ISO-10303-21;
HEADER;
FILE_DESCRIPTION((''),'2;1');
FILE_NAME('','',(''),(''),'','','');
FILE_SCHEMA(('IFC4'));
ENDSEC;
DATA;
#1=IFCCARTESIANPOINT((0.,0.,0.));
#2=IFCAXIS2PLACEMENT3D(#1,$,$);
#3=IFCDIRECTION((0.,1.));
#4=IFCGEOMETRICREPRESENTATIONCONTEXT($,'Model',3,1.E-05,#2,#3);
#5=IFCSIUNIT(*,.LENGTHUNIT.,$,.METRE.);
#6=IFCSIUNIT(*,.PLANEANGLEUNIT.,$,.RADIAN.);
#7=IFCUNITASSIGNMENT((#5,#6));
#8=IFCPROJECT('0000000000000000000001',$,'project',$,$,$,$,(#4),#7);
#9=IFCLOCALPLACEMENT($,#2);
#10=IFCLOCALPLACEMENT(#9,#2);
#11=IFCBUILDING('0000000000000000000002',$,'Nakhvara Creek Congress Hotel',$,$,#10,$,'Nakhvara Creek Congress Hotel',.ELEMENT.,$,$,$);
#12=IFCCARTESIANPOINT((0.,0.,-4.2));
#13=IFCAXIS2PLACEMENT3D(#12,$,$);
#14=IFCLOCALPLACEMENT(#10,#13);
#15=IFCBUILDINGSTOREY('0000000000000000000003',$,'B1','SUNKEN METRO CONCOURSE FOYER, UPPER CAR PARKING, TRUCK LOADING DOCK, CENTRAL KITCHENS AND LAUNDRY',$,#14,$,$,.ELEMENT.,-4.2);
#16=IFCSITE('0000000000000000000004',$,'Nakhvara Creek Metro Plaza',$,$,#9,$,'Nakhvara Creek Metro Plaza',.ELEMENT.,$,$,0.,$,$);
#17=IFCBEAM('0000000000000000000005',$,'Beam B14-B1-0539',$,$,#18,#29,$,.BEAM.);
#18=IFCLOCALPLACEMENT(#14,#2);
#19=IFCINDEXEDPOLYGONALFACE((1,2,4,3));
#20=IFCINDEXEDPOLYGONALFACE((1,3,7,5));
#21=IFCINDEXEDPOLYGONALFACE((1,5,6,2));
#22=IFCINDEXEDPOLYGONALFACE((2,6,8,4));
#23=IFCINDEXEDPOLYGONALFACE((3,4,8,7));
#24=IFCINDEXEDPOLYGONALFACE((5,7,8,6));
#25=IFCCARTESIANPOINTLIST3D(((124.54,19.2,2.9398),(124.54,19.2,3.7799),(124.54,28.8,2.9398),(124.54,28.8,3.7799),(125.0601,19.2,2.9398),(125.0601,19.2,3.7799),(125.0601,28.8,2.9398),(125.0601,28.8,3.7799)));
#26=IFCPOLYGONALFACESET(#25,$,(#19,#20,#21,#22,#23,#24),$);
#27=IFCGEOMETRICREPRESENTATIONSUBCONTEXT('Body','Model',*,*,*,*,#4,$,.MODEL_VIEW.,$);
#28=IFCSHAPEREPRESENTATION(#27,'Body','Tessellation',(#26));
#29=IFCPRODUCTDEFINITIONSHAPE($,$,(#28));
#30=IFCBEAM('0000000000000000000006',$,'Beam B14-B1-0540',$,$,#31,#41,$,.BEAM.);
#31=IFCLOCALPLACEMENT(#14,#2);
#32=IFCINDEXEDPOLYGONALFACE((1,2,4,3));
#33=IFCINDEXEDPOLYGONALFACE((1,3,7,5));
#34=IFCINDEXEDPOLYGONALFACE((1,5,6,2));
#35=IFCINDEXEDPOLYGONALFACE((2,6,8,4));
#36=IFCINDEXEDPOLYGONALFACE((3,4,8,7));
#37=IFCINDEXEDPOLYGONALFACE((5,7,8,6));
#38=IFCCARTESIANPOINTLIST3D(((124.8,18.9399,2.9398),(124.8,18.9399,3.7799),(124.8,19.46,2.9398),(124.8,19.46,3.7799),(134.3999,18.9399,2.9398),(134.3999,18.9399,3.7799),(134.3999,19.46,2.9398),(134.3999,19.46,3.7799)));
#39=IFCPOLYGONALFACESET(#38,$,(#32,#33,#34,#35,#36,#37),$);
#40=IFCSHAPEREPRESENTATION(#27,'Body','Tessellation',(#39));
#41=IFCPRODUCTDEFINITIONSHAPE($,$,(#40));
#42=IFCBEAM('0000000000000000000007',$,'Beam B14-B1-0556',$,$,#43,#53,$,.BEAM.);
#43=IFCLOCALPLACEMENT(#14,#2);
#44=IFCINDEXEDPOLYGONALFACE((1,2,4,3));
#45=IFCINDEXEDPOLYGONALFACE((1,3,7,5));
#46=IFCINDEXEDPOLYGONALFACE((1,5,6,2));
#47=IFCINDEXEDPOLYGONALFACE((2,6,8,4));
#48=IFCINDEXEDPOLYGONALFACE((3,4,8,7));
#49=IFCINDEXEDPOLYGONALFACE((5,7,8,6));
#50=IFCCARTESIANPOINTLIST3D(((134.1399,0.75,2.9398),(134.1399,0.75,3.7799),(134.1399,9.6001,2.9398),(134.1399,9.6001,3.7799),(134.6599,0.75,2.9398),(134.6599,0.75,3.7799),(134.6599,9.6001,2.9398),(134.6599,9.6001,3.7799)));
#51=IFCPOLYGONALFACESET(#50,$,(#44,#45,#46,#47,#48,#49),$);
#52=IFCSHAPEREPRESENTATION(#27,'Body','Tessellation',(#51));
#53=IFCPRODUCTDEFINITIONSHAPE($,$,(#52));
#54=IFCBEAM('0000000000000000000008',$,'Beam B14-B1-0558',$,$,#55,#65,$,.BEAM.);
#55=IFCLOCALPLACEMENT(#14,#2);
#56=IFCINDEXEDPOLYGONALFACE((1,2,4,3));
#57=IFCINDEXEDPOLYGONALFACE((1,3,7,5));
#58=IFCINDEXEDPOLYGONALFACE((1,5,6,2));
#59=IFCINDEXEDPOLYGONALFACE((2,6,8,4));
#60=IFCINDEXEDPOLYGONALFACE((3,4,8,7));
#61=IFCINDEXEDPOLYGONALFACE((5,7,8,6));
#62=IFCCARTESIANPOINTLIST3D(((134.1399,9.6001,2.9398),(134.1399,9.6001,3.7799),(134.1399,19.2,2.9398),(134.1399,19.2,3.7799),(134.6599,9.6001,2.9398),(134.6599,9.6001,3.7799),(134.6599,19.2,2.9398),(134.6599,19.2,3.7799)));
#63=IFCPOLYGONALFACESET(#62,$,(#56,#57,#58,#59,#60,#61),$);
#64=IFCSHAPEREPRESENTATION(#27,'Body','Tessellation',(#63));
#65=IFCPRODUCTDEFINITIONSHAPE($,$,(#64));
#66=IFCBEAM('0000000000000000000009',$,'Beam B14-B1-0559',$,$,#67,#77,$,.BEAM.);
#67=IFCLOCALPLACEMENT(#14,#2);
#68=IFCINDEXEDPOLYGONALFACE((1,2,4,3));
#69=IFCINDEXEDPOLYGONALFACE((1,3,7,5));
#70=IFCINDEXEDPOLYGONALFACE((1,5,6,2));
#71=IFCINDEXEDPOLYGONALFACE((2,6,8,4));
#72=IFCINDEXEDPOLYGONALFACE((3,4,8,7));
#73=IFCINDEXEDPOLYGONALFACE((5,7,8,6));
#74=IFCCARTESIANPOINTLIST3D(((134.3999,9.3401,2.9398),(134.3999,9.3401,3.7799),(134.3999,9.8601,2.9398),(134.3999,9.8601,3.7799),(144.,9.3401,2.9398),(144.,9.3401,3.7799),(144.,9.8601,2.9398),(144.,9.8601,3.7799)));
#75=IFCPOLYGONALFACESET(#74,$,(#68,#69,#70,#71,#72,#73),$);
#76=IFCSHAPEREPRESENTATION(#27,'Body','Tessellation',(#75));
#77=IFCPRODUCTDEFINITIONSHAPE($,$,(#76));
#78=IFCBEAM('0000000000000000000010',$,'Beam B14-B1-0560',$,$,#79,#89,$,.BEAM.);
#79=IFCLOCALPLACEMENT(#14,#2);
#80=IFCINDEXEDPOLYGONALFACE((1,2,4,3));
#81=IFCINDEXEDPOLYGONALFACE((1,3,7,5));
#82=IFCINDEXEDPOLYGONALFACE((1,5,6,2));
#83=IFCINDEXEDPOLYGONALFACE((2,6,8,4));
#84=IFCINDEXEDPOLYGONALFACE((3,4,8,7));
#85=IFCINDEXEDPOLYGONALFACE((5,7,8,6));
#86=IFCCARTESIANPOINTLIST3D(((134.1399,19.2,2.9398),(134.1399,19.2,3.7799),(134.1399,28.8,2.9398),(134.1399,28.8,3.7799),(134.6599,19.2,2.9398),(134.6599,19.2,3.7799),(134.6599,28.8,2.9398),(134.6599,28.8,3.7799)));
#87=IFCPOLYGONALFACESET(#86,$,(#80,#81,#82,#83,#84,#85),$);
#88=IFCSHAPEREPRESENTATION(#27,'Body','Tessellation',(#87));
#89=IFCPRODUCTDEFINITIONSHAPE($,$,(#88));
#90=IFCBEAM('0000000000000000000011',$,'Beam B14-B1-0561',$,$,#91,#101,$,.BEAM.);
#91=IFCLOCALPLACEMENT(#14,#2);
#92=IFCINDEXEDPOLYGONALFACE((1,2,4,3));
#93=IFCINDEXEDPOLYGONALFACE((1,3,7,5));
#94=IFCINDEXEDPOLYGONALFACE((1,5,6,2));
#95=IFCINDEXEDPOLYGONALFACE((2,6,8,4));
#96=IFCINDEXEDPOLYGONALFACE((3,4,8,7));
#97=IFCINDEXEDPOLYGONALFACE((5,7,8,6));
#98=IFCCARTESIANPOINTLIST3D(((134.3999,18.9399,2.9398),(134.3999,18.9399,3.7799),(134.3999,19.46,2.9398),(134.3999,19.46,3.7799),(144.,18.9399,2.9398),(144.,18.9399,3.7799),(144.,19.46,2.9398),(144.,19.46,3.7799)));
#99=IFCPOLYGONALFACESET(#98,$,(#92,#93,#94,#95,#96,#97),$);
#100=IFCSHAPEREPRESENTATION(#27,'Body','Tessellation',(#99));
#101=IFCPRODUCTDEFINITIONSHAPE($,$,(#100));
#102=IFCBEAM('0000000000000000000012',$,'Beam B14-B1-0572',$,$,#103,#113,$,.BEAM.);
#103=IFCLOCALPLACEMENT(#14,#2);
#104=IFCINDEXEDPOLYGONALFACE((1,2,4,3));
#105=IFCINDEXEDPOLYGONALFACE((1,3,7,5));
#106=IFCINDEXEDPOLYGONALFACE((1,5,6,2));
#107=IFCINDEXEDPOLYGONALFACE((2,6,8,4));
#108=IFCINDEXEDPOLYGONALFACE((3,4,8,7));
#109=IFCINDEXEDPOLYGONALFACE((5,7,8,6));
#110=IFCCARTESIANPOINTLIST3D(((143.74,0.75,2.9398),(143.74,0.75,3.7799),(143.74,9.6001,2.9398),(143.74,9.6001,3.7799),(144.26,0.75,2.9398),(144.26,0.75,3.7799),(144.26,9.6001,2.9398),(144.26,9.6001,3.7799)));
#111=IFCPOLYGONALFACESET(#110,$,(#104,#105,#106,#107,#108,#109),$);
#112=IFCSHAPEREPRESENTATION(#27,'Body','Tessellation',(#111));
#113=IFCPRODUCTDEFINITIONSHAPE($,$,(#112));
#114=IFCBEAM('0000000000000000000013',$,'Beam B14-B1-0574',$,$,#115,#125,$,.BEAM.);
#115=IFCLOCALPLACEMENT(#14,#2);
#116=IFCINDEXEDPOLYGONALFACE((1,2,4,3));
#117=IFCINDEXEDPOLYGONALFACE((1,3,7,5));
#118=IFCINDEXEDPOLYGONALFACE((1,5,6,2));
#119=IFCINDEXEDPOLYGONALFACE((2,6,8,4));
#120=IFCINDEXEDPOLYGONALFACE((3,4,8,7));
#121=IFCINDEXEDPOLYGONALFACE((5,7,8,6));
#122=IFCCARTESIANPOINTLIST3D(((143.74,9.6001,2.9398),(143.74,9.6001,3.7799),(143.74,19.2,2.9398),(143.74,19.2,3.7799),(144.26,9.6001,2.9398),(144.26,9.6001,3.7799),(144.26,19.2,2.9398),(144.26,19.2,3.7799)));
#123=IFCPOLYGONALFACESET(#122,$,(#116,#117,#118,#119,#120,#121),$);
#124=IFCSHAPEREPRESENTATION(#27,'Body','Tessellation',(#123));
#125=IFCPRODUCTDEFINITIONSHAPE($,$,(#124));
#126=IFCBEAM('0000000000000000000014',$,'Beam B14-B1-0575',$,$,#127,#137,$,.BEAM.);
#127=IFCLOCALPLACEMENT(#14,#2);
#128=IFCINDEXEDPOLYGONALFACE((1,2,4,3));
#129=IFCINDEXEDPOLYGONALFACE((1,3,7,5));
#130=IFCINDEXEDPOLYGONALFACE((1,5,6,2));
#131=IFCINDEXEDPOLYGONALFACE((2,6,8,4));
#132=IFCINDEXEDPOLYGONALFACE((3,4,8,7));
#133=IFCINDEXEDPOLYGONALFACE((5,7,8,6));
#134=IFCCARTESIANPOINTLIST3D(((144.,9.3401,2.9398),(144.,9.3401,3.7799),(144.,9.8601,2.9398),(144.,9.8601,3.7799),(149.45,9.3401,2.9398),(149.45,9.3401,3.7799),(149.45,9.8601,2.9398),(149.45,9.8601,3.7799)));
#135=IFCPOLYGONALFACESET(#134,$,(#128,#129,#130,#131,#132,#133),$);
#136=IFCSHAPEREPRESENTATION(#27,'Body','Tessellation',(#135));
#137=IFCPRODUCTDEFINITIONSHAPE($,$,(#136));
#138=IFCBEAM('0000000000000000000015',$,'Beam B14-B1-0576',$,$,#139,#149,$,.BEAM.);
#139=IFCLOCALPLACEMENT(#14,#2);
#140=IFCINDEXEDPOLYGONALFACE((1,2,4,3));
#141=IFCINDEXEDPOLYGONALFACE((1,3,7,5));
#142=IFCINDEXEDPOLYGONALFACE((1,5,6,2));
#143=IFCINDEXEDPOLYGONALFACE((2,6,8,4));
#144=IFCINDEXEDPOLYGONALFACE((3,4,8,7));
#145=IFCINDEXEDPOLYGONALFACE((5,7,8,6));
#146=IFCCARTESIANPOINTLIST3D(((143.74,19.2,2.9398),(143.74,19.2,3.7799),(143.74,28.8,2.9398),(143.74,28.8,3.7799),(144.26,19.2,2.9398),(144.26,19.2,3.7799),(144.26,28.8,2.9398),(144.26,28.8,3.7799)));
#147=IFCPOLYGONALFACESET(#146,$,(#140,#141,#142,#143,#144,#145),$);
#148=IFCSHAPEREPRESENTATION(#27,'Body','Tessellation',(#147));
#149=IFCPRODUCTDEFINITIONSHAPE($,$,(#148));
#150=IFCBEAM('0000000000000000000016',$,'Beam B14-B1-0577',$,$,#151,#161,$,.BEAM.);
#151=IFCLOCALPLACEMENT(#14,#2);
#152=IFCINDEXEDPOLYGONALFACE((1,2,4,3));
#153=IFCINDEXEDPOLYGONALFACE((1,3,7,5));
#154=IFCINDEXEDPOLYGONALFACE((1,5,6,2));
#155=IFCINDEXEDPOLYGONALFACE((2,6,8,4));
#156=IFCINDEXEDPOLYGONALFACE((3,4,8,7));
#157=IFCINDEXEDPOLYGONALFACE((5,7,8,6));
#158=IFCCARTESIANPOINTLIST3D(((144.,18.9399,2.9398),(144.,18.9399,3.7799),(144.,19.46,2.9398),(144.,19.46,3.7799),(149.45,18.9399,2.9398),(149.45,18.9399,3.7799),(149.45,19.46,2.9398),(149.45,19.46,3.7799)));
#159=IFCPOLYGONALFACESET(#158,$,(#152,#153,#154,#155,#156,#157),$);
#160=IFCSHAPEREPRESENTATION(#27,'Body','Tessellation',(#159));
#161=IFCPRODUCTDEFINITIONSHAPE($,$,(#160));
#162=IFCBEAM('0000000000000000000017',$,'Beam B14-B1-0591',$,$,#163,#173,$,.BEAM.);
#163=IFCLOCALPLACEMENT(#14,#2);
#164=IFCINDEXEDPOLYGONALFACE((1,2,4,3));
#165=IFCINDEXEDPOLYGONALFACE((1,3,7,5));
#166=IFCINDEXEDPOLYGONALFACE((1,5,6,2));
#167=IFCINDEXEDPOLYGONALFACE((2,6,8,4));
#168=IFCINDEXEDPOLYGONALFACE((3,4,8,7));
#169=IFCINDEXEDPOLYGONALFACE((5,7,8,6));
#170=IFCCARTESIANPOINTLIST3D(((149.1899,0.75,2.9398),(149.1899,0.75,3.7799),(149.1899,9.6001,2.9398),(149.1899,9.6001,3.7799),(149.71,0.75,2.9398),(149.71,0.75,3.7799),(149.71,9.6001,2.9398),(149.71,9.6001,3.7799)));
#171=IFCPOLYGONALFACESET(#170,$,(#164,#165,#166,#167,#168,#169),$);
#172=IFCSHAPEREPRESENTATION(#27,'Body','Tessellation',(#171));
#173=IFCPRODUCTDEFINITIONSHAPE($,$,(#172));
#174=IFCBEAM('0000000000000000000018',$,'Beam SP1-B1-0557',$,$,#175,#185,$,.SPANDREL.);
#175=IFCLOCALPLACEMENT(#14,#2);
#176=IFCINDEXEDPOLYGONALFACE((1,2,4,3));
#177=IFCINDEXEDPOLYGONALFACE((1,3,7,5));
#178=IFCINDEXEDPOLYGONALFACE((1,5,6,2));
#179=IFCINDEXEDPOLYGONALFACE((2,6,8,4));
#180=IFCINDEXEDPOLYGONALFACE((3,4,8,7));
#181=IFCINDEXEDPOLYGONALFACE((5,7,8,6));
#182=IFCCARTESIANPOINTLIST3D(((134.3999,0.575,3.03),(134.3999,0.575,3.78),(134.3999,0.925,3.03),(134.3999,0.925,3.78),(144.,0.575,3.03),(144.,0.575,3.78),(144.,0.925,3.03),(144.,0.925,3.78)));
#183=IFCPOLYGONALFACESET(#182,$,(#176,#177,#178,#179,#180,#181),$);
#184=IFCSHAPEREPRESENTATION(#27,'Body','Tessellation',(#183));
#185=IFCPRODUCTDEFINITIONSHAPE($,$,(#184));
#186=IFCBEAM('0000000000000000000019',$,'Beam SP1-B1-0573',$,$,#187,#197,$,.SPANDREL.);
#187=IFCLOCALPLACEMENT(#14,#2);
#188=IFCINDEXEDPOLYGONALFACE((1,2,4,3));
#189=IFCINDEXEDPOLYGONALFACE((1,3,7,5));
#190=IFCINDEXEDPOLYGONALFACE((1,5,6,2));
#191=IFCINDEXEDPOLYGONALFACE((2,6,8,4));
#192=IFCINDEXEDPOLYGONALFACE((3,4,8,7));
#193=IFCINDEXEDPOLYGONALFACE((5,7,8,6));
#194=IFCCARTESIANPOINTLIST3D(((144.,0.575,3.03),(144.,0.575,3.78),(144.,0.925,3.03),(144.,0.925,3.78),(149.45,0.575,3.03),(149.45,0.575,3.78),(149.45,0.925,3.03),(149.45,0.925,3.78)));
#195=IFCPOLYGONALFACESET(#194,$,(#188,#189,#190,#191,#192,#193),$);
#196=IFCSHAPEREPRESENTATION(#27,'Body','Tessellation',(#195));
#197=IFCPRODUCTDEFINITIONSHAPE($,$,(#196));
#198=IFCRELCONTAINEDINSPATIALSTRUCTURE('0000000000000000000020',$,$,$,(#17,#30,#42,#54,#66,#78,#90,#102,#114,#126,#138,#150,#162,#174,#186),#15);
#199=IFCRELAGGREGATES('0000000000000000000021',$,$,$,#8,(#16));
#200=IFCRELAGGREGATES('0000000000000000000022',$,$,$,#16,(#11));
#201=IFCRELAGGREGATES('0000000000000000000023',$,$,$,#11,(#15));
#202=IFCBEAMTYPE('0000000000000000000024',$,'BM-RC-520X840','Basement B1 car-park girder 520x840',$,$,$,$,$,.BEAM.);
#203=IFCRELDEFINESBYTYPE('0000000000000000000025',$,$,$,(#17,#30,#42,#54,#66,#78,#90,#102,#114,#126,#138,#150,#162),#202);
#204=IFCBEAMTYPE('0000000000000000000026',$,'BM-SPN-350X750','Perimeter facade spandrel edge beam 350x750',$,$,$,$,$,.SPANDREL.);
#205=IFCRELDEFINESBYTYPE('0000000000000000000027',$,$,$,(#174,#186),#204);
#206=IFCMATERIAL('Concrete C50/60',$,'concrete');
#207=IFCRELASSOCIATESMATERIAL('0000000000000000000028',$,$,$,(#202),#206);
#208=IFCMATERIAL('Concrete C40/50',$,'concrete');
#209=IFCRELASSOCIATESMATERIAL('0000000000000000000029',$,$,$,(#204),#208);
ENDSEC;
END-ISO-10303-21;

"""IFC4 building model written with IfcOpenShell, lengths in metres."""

from ifc_helpers import new_model, si_unit, direction, frame, origin, origin_2d, place, context, subcontext, project, spatial, rectangle, extrude, material, material_profile, profile_set, type_object, element, save


model = new_model("IFC4")

# Units and contexts
model_context = context("Model", 3, precision=1e-05, world=origin(), true_north=direction((0.0, 1.0)))
body_context = subcontext(model_context, "Body", "Model", "MODEL_VIEW")
ifc_project = project(units=[si_unit("LENGTHUNIT", "METRE"), si_unit("PLANEANGLEUNIT", "RADIAN")], contexts=[model_context])

# Site, building, storey
site_placement = place(None, origin())
site = spatial("IfcSite", under=ifc_project, at=site_placement, Name="Nakhvara Creek Metro Plaza", LongName="Nakhvara Creek Metro Plaza", CompositionType="ELEMENT", RefElevation=0.0)
building_placement = place(site_placement, origin())
building = spatial("IfcBuilding", under=site, at=building_placement, Name="Nakhvara Creek Congress Hotel", LongName="Nakhvara Creek Congress Hotel", CompositionType="ELEMENT")
storey_placement = place(building_placement, frame((0.0, 0.0, -4.2)))
storey = spatial("IfcBuildingStorey", under=building, at=storey_placement, Name="B1", Description="SUNKEN METRO CONCOURSE FOYER, UPPER CAR PARKING, TRUCK LOADING DOCK, CENTRAL KITCHENS AND LAUNDRY", CompositionType="ELEMENT", Elevation=-4.2)

# Shared definitions
ifc_material_1 = material(Name="Concrete C50/60", Category="concrete")

# Beams
ifc_material_2 = material(Name="Concrete C40/50", Category="concrete")
ifc_material_profile_1 = material_profile(ifc_material_1, rectangle(XDim=0.52, YDim=0.8401, at=origin_2d()), Name="RC-BM 520x840", Category="LoadBearing")
ifc_profile_set_1 = profile_set([ifc_material_profile_1], Name="Concrete C50/60")
beam_type_1 = type_object("IfcBeamType", Name="BM-RC-520X840", Description="Basement B1 car-park girder 520x840", PredefinedType="BEAM", material=ifc_profile_set_1)
beam_1_placement = place(storey_placement, frame((124.8, 19.2, 3.3599), z_axis=(0.0, 1.0, 0.0), x_axis=(-1.0, 0.0, 0.0)))
element("IfcBeam", 1, at=beam_1_placement, inside=storey, type_object=beam_type_1, Name="Beam B14-B1-0539", PredefinedType="BEAM", context=body_context, shape_type="SweptSolid", body=[
    extrude(rectangle(XDim=0.52, YDim=0.8401, at=origin_2d()), origin(), (0.0, 0.0, 1.0), 9.6001),
])
beam_2_placement = place(storey_placement, frame((124.8, 19.2, 3.3599), z_axis=(1.0, 0.0, 0.0), x_axis=(0.0, 1.0, 0.0)))
element("IfcBeam", 2, at=beam_2_placement, inside=storey, type_object=beam_type_1, Name="Beam B14-B1-0540", PredefinedType="BEAM", context=body_context, shape_type="SweptSolid", body=[
    extrude(rectangle(XDim=0.52, YDim=0.8401, at=origin_2d()), origin(), (0.0, 0.0, 1.0), 9.5999),
])
beam_3_placement = place(storey_placement, frame((134.3999, 0.75, 3.3599), z_axis=(0.0, 1.0, 0.0), x_axis=(-1.0, 0.0, 0.0)))
element("IfcBeam", 3, at=beam_3_placement, inside=storey, type_object=beam_type_1, Name="Beam B14-B1-0556", PredefinedType="BEAM", context=body_context, shape_type="SweptSolid", body=[
    extrude(rectangle(XDim=0.52, YDim=0.8401, at=origin_2d()), origin(), (0.0, 0.0, 1.0), 8.8501),
])
beam_4_placement = place(storey_placement, frame((134.3999, 9.6001, 3.3599), z_axis=(0.0, 1.0, 0.0), x_axis=(-1.0, 0.0, 0.0)))
element("IfcBeam", 4, at=beam_4_placement, inside=storey, type_object=beam_type_1, Name="Beam B14-B1-0558", PredefinedType="BEAM", context=body_context, shape_type="SweptSolid", body=[
    extrude(rectangle(XDim=0.52, YDim=0.8401, at=origin_2d()), origin(), (0.0, 0.0, 1.0), 9.5999),
])
for number, where, z_axis, x_axis, name in (
    (5, (134.3999, 9.6001, 3.3599), (1.0, 0.0, 0.0), (0.0, 1.0, 0.0), "Beam B14-B1-0559"),
    (6, (134.3999, 19.2, 3.3599), (0.0, 1.0, 0.0), (-1.0, 0.0, 0.0), "Beam B14-B1-0560"),
    (7, (134.3999, 19.2, 3.3599), (1.0, 0.0, 0.0), (0.0, 1.0, 0.0), "Beam B14-B1-0561"),
):
    element("IfcBeam", number, at=place(storey_placement, frame(where, z_axis=z_axis, x_axis=x_axis)), inside=storey, type_object=beam_type_1, Name=name, PredefinedType="BEAM", context=body_context, shape_type="SweptSolid", body=[
        extrude(rectangle(XDim=0.52, YDim=0.8401, at=origin_2d()), origin(), (0.0, 0.0, 1.0), 9.6001),
    ])
beam_5_placement = place(storey_placement, frame((144.0, 0.75, 3.3599), z_axis=(0.0, 1.0, 0.0), x_axis=(-1.0, 0.0, 0.0)))
element("IfcBeam", 8, at=beam_5_placement, inside=storey, type_object=beam_type_1, Name="Beam B14-B1-0572", PredefinedType="BEAM", context=body_context, shape_type="SweptSolid", body=[
    extrude(rectangle(XDim=0.52, YDim=0.8401, at=origin_2d()), origin(), (0.0, 0.0, 1.0), 8.8501),
])
beam_6_placement = place(storey_placement, frame((144.0, 9.6001, 3.3599), z_axis=(0.0, 1.0, 0.0), x_axis=(-1.0, 0.0, 0.0)))
element("IfcBeam", 9, at=beam_6_placement, inside=storey, type_object=beam_type_1, Name="Beam B14-B1-0574", PredefinedType="BEAM", context=body_context, shape_type="SweptSolid", body=[
    extrude(rectangle(XDim=0.52, YDim=0.8401, at=origin_2d()), origin(), (0.0, 0.0, 1.0), 9.5999),
])
beam_7_placement = place(storey_placement, frame((144.0, 9.6001, 3.3599), z_axis=(1.0, 0.0, 0.0), x_axis=(0.0, 1.0, 0.0)))
element("IfcBeam", 10, at=beam_7_placement, inside=storey, type_object=beam_type_1, Name="Beam B14-B1-0575", PredefinedType="BEAM", context=body_context, shape_type="SweptSolid", body=[
    extrude(rectangle(XDim=0.52, YDim=0.8401, at=origin_2d()), origin(), (0.0, 0.0, 1.0), 5.45),
])
beam_8_placement = place(storey_placement, frame((144.0, 19.2, 3.3599), z_axis=(0.0, 1.0, 0.0), x_axis=(-1.0, 0.0, 0.0)))
element("IfcBeam", 11, at=beam_8_placement, inside=storey, type_object=beam_type_1, Name="Beam B14-B1-0576", PredefinedType="BEAM", context=body_context, shape_type="SweptSolid", body=[
    extrude(rectangle(XDim=0.52, YDim=0.8401, at=origin_2d()), origin(), (0.0, 0.0, 1.0), 9.6001),
])
beam_9_placement = place(storey_placement, frame((144.0, 19.2, 3.3599), z_axis=(1.0, 0.0, 0.0), x_axis=(0.0, 1.0, 0.0)))
element("IfcBeam", 12, at=beam_9_placement, inside=storey, type_object=beam_type_1, Name="Beam B14-B1-0577", PredefinedType="BEAM", context=body_context, shape_type="SweptSolid", body=[
    extrude(rectangle(XDim=0.52, YDim=0.8401, at=origin_2d()), origin(), (0.0, 0.0, 1.0), 5.45),
])
beam_10_placement = place(storey_placement, frame((149.45, 0.75, 3.3599), z_axis=(0.0, 1.0, 0.0), x_axis=(-1.0, 0.0, 0.0)))
element("IfcBeam", 13, at=beam_10_placement, inside=storey, type_object=beam_type_1, Name="Beam B14-B1-0591", PredefinedType="BEAM", context=body_context, shape_type="SweptSolid", body=[
    extrude(rectangle(XDim=0.52, YDim=0.8401, at=origin_2d()), origin(), (0.0, 0.0, 1.0), 8.8501),
])
ifc_material_profile_2 = material_profile(ifc_material_2, rectangle(XDim=0.3501, YDim=0.75, at=origin_2d()), Name="RC-SPANDREL 350x750", Category="LoadBearing")
ifc_profile_set_2 = profile_set([ifc_material_profile_2], Name="Concrete C40/50")
beam_type_2 = type_object("IfcBeamType", Name="BM-SPN-350X750", Description="Perimeter facade spandrel edge beam 350x750", PredefinedType="SPANDREL", material=ifc_profile_set_2)
beam_11_placement = place(storey_placement, frame((134.3999, 0.75, 3.405), z_axis=(1.0, 0.0, 0.0), x_axis=(0.0, 1.0, 0.0)))
element("IfcBeam", 14, at=beam_11_placement, inside=storey, type_object=beam_type_2, Name="Beam SP1-B1-0557", PredefinedType="SPANDREL", context=body_context, shape_type="SweptSolid", body=[
    extrude(rectangle(XDim=0.3501, YDim=0.75, at=origin_2d()), origin(), (0.0, 0.0, 1.0), 9.6001),
])
beam_12_placement = place(storey_placement, frame((144.0, 0.75, 3.405), z_axis=(1.0, 0.0, 0.0), x_axis=(0.0, 1.0, 0.0)))
element("IfcBeam", 15, at=beam_12_placement, inside=storey, type_object=beam_type_2, Name="Beam SP1-B1-0573", PredefinedType="SPANDREL", context=body_context, shape_type="SweptSolid", body=[
    extrude(rectangle(XDim=0.3501, YDim=0.75, at=origin_2d()), origin(), (0.0, 0.0, 1.0), 5.45),
])

save(model, "model.ifc")
